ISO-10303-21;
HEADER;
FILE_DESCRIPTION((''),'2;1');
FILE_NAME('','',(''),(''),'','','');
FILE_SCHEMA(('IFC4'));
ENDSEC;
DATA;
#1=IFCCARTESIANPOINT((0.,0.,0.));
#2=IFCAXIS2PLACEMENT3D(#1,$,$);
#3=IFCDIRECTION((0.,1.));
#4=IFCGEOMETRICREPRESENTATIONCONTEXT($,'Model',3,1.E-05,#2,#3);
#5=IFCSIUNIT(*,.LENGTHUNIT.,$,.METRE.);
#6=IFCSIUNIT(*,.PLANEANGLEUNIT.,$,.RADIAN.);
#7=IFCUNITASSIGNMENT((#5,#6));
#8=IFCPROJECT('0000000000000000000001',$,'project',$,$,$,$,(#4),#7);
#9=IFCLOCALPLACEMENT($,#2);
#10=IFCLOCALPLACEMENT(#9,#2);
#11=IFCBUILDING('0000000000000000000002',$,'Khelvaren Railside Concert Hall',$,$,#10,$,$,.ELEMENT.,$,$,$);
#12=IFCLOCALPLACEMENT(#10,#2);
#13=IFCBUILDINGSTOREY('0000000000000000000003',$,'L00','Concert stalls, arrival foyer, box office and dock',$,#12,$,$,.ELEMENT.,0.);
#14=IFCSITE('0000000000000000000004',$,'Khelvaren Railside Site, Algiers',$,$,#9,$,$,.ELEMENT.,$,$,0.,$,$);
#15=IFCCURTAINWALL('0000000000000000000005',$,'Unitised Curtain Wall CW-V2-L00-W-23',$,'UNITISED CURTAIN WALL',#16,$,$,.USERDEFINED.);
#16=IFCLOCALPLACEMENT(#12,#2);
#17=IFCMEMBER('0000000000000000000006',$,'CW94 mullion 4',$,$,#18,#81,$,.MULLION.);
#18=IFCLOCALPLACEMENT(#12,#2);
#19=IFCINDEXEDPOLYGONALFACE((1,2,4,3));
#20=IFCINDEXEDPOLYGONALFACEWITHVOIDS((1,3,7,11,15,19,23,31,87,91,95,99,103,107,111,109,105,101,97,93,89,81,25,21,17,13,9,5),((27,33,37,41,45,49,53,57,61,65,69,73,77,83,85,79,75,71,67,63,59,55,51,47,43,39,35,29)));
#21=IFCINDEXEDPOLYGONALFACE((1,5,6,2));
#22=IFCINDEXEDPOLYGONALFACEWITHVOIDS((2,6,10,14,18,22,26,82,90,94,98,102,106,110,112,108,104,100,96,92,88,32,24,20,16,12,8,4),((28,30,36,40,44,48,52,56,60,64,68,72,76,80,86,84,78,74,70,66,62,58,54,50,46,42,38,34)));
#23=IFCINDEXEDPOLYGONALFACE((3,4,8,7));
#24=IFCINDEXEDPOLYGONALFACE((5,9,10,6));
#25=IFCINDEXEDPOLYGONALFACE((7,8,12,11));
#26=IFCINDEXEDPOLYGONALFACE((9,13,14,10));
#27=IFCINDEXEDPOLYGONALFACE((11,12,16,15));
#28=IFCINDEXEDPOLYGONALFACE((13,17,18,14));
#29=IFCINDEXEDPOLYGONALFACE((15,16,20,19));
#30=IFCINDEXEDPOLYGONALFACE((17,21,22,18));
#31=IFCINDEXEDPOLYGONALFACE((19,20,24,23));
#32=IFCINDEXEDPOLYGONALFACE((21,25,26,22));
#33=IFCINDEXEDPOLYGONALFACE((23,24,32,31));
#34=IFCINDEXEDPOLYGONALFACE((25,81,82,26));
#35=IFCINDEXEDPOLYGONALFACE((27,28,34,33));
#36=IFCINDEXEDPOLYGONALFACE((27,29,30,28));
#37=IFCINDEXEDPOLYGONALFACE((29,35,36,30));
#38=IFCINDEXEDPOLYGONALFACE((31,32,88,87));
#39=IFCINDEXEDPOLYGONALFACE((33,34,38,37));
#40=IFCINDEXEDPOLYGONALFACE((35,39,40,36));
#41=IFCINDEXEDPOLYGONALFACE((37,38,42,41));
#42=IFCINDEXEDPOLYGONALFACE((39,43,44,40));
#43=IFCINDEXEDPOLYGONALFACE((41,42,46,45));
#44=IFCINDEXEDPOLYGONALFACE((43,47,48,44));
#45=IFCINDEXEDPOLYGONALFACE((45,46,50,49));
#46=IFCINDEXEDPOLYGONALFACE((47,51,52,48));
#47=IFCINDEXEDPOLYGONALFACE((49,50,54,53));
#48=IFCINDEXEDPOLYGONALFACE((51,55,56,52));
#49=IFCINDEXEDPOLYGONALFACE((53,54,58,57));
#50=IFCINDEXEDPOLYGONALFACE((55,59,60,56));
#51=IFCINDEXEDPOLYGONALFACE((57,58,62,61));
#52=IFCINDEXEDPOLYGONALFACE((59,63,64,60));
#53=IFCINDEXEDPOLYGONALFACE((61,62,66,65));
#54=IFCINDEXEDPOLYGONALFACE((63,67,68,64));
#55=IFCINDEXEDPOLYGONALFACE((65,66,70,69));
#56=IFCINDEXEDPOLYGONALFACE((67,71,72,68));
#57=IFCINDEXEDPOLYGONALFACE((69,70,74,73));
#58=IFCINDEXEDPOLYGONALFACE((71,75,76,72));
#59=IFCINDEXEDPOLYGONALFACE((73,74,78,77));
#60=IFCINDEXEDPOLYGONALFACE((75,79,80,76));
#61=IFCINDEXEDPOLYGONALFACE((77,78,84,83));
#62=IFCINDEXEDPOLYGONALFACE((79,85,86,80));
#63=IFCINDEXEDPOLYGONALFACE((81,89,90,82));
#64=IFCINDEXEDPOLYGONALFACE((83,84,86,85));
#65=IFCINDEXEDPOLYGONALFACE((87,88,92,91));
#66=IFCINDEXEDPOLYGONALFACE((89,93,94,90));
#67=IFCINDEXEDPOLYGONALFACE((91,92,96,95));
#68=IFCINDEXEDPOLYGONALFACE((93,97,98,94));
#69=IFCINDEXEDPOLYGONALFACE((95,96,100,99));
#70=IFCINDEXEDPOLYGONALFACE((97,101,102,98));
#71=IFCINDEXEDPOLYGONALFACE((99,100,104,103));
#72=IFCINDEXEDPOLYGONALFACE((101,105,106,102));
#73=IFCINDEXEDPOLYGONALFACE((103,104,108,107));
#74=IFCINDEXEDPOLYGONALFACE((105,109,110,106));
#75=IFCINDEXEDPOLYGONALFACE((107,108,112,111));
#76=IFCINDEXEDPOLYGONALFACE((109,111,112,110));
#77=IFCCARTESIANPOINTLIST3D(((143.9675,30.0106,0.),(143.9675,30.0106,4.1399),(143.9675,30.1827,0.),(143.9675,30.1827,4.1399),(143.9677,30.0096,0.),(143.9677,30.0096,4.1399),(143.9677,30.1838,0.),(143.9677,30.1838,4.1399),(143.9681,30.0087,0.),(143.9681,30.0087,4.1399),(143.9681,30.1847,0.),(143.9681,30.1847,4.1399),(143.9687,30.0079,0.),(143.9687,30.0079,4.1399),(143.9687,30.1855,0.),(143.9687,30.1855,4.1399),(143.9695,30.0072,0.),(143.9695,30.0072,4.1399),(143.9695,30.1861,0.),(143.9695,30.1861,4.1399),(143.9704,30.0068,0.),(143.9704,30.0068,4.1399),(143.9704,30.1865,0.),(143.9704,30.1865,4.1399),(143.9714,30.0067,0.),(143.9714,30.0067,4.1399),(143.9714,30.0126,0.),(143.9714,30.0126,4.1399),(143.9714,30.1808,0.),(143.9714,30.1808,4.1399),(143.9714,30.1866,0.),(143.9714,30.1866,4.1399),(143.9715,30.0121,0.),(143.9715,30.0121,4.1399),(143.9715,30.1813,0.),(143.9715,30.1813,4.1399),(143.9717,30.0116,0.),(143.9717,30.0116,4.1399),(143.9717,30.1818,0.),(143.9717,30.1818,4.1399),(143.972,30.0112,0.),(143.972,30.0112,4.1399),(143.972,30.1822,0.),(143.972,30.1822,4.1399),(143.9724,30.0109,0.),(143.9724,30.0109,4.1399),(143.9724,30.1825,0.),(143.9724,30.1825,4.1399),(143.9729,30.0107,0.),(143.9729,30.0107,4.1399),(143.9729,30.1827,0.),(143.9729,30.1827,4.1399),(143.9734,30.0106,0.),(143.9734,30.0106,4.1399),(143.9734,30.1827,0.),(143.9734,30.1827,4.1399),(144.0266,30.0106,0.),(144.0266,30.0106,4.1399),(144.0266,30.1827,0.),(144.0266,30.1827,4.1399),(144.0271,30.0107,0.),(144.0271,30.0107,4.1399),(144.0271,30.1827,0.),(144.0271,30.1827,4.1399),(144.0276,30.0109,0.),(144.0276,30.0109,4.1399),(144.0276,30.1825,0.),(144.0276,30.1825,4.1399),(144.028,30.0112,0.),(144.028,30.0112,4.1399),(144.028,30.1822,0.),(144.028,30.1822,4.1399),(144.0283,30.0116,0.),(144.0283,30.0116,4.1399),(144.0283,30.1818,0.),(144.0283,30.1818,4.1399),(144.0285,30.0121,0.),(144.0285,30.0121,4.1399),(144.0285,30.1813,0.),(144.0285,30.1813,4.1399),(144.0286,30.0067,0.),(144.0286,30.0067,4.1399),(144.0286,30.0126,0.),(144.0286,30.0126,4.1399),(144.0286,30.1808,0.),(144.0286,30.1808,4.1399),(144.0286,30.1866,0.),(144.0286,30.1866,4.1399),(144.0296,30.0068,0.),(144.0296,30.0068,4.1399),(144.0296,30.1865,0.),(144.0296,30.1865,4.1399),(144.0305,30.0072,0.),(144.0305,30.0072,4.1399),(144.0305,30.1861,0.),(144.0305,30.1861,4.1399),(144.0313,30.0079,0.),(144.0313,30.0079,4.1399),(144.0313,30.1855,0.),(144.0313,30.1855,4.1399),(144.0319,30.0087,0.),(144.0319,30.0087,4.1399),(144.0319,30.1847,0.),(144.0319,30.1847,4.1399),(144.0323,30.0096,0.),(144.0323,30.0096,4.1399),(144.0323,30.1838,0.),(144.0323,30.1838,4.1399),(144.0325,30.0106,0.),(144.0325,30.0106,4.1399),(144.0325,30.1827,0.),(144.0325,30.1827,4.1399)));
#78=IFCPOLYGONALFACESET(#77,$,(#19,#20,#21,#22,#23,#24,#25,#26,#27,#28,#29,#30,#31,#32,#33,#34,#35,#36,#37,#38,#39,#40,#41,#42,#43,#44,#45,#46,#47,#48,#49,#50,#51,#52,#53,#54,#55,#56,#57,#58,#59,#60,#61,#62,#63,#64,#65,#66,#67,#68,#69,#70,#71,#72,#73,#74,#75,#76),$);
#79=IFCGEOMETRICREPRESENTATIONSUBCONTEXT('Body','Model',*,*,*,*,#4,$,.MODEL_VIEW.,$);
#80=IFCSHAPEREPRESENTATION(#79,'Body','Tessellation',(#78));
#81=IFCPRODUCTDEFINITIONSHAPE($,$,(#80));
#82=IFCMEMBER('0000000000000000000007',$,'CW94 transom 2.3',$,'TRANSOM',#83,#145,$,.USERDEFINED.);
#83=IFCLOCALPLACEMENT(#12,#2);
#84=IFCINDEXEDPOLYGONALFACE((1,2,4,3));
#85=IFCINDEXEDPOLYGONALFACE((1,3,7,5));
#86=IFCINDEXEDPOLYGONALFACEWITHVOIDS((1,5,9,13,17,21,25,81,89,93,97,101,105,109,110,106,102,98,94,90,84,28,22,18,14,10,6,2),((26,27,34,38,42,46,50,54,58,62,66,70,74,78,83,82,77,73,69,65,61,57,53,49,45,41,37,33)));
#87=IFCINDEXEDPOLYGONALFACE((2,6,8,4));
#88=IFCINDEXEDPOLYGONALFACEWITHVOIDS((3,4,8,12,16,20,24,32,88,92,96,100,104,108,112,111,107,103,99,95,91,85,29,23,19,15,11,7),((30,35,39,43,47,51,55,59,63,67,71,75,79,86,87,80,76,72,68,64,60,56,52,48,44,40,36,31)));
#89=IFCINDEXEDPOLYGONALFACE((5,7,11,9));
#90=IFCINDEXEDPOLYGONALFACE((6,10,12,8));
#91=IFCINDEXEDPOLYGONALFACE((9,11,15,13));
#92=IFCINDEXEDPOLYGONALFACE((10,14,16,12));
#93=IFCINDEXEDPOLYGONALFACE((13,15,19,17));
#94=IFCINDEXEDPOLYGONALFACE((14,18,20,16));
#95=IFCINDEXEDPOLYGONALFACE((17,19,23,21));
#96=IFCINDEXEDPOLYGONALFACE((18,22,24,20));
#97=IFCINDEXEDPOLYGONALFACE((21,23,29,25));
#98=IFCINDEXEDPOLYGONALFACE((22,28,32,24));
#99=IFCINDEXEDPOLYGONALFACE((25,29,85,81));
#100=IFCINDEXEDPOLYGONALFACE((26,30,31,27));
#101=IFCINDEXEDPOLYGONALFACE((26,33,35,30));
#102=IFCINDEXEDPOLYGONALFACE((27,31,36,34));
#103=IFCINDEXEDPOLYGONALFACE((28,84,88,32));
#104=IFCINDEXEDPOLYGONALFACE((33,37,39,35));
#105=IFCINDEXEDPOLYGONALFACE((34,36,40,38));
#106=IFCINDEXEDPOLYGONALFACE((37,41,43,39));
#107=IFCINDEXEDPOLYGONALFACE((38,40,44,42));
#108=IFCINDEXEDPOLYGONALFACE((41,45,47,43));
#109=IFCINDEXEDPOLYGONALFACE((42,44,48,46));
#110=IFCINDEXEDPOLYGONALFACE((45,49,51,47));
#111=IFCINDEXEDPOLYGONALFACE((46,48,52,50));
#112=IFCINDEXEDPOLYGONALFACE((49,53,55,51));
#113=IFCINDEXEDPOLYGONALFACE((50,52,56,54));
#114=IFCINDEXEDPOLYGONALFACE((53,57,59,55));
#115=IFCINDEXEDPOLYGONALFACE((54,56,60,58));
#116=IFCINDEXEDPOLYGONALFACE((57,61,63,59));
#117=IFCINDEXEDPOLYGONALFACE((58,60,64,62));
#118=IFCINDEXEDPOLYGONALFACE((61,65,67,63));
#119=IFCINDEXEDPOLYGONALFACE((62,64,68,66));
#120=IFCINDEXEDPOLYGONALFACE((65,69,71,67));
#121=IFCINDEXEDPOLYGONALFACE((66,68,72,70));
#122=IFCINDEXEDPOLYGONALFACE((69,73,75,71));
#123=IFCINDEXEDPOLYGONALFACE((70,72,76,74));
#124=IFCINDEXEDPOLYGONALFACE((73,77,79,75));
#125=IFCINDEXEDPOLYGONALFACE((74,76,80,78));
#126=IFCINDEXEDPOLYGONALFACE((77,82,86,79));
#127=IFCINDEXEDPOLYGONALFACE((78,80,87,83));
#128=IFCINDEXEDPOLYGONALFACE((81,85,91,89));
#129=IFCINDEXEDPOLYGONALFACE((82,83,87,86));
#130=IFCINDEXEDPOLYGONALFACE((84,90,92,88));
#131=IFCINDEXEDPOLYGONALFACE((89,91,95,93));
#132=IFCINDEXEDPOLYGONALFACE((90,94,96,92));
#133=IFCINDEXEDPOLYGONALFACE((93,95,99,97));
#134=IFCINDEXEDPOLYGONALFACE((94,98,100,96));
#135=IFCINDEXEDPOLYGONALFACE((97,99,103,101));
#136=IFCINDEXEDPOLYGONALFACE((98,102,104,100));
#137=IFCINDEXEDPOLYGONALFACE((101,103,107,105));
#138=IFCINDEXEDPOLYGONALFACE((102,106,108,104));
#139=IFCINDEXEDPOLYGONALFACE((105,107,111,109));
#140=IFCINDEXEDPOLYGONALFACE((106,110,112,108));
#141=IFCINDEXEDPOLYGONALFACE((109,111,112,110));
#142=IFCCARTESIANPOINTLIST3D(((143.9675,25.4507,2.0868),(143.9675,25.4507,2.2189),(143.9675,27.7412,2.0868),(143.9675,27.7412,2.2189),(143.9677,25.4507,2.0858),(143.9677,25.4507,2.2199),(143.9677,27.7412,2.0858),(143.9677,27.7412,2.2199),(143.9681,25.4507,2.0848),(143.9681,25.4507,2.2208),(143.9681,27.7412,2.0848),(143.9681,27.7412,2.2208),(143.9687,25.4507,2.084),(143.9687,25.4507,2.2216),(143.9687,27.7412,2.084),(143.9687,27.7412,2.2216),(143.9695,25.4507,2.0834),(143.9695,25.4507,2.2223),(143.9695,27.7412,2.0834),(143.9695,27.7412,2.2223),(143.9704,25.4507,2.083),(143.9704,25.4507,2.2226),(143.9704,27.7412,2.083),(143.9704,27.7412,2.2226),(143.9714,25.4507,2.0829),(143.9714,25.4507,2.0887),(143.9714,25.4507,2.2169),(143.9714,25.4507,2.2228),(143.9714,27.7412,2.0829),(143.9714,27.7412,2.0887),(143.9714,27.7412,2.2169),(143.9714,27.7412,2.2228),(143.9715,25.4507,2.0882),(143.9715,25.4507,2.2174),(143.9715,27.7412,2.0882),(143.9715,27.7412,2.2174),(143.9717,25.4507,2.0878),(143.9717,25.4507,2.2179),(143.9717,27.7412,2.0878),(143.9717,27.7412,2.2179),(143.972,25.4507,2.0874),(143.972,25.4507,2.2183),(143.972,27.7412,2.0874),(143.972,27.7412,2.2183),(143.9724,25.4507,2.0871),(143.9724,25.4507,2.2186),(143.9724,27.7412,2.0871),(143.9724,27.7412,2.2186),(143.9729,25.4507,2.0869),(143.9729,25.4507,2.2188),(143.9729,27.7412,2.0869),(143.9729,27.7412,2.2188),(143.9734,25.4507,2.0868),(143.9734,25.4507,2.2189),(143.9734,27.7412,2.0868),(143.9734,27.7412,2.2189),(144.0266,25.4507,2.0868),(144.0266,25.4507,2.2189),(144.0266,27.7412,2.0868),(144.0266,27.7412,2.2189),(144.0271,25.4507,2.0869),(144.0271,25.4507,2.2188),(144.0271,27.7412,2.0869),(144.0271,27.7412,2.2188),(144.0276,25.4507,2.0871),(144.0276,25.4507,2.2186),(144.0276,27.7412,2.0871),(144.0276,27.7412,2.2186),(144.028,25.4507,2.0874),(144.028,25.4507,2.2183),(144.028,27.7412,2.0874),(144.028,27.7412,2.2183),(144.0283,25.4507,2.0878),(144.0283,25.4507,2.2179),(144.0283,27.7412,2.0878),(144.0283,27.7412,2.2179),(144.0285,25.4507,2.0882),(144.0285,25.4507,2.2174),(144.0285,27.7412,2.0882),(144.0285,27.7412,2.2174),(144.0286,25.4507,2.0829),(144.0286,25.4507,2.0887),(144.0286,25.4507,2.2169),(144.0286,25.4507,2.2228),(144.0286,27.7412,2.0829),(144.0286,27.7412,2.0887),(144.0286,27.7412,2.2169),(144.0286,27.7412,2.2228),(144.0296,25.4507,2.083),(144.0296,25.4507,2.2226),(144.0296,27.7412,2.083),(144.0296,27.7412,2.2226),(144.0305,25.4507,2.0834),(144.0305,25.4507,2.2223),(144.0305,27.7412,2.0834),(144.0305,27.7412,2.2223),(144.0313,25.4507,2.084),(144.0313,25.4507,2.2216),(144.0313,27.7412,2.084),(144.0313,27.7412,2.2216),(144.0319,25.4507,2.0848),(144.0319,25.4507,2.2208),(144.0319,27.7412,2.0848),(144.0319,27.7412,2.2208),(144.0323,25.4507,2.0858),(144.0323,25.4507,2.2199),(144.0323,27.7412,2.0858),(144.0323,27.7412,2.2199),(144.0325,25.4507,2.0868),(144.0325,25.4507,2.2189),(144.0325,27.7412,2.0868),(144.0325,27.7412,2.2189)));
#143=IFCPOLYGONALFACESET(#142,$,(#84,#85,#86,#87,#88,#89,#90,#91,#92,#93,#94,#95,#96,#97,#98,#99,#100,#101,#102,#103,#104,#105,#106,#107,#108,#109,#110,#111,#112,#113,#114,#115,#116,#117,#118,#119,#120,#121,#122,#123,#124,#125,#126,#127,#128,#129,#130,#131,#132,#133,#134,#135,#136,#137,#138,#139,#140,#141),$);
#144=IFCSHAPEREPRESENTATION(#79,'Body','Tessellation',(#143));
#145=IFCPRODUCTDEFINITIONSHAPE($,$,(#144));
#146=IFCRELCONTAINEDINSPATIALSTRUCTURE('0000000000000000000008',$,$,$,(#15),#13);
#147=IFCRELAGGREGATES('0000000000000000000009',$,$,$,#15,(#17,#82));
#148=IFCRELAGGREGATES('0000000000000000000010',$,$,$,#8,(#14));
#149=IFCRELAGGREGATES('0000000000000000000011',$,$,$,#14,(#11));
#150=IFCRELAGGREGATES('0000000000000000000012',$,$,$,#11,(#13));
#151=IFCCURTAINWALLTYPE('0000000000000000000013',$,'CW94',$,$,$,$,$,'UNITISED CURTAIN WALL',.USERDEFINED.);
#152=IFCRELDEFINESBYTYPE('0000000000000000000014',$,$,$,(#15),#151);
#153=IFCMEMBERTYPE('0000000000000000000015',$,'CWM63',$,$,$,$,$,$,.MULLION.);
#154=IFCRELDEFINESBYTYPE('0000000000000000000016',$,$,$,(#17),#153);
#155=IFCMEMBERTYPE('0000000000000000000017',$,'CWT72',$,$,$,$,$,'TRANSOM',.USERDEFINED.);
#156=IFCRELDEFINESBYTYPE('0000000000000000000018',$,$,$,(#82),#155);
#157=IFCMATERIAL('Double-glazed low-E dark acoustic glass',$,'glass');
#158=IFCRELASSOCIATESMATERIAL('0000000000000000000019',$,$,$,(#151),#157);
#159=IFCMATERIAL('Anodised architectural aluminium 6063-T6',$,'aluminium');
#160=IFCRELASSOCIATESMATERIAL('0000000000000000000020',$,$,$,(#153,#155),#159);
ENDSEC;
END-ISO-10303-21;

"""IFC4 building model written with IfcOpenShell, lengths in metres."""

from ifc_helpers import new_model, si_unit, direction, frame, origin, origin_2d, place, context, subcontext, project, spatial, hollow_rectangle, extrude, material, material_profile, profile_set, type_object, element, aggregate, save


model = new_model("IFC4")

# Units and contexts
model_context = context("Model", 3, precision=1e-05, world=origin(), true_north=direction((0.0, 1.0)))
body_context = subcontext(model_context, "Body", "Model", "MODEL_VIEW")
ifc_project = project(units=[si_unit("LENGTHUNIT", "METRE"), si_unit("PLANEANGLEUNIT", "RADIAN")], contexts=[model_context])

# Site, building, storey
site_placement = place(None, origin())
site = spatial("IfcSite", under=ifc_project, at=site_placement, Name="Khelvaren Railside Site, Algiers", CompositionType="ELEMENT", RefElevation=0.0)
building_placement = place(site_placement, origin())
building = spatial("IfcBuilding", under=site, at=building_placement, Name="Khelvaren Railside Concert Hall", CompositionType="ELEMENT")
storey_placement = place(building_placement, origin())
storey = spatial("IfcBuildingStorey", under=building, at=storey_placement, Name="L00", Description="Concert stalls, arrival foyer, box office and dock", CompositionType="ELEMENT", Elevation=0.0)

# Curtain wall, members
ifc_material_1 = material(Name="Anodised architectural aluminium 6063-T6", Category="aluminium")
ifc_material_2 = material(Name="Double-glazed low-E dark acoustic glass", Category="glass")
curtain_wall_type_1 = type_object("IfcCurtainWallType", Name="CW94", ElementType="UNITISED CURTAIN WALL", PredefinedType="USERDEFINED", material=ifc_material_2)
curtain_wall_1_placement = place(storey_placement, origin())
curtain_wall_1 = element("IfcCurtainWall", 1, at=curtain_wall_1_placement, inside=storey, type_object=curtain_wall_type_1, Name="Unitised Curtain Wall CW-V2-L00-W-23", ObjectType="UNITISED CURTAIN WALL", PredefinedType="USERDEFINED")
ifc_material_profile_1 = material_profile(ifc_material_1, hollow_rectangle(XDim=0.0649, YDim=0.1799, WallThickness=0.0039, InnerFilletRadius=0.002, OuterFilletRadius=0.0039, at=origin_2d()), Name="CWM 65x180x4")
ifc_profile_set_1 = profile_set([ifc_material_profile_1], Name="Anodised architectural aluminium 6063-T6")
member_type_1 = type_object("IfcMemberType", Name="CWM63", PredefinedType="MULLION", material=ifc_profile_set_1)
member_1_placement = place(storey_placement, frame((144.0, 30.0967, 0.0), z_axis=(0.0, 0.0, 1.0), x_axis=(-1.0, 0.0, 0.0)))
member_1 = element("IfcMember", 2, at=member_1_placement, type_object=member_type_1, Name="CW94 mullion 4", PredefinedType="MULLION", context=body_context, shape_type="SweptSolid", body=[
    extrude(hollow_rectangle(XDim=0.0649, YDim=0.1799, WallThickness=0.0039, InnerFilletRadius=0.002, OuterFilletRadius=0.0039, at=origin_2d()), origin(), (0.0, 0.0, 1.0), 4.1399),
])
ifc_material_profile_2 = material_profile(ifc_material_1, hollow_rectangle(XDim=0.0649, YDim=0.1399, WallThickness=0.0039, InnerFilletRadius=0.002, OuterFilletRadius=0.0039, at=origin_2d()), Name="CWT 65x140x4")
ifc_profile_set_2 = profile_set([ifc_material_profile_2], Name="Anodised architectural aluminium 6063-T6")
member_type_2 = type_object("IfcMemberType", Name="CWT72", ElementType="TRANSOM", PredefinedType="USERDEFINED", material=ifc_profile_set_2)
member_2_placement = place(storey_placement, frame((144.0, 25.4507, 2.1528), z_axis=(0.0, 1.0, 0.0), x_axis=(-1.0, 0.0, 0.0)))
member_2 = element("IfcMember", 3, at=member_2_placement, type_object=member_type_2, Name="CW94 transom 2.3", ObjectType="TRANSOM", PredefinedType="USERDEFINED", context=body_context, shape_type="SweptSolid", body=[
    extrude(hollow_rectangle(XDim=0.0649, YDim=0.1399, WallThickness=0.0039, InnerFilletRadius=0.002, OuterFilletRadius=0.0039, at=origin_2d()), origin(), (0.0, 0.0, 1.0), 2.2905),
])

aggregate(curtain_wall_1, [member_1, member_2])

save(model, "model.ifc")
